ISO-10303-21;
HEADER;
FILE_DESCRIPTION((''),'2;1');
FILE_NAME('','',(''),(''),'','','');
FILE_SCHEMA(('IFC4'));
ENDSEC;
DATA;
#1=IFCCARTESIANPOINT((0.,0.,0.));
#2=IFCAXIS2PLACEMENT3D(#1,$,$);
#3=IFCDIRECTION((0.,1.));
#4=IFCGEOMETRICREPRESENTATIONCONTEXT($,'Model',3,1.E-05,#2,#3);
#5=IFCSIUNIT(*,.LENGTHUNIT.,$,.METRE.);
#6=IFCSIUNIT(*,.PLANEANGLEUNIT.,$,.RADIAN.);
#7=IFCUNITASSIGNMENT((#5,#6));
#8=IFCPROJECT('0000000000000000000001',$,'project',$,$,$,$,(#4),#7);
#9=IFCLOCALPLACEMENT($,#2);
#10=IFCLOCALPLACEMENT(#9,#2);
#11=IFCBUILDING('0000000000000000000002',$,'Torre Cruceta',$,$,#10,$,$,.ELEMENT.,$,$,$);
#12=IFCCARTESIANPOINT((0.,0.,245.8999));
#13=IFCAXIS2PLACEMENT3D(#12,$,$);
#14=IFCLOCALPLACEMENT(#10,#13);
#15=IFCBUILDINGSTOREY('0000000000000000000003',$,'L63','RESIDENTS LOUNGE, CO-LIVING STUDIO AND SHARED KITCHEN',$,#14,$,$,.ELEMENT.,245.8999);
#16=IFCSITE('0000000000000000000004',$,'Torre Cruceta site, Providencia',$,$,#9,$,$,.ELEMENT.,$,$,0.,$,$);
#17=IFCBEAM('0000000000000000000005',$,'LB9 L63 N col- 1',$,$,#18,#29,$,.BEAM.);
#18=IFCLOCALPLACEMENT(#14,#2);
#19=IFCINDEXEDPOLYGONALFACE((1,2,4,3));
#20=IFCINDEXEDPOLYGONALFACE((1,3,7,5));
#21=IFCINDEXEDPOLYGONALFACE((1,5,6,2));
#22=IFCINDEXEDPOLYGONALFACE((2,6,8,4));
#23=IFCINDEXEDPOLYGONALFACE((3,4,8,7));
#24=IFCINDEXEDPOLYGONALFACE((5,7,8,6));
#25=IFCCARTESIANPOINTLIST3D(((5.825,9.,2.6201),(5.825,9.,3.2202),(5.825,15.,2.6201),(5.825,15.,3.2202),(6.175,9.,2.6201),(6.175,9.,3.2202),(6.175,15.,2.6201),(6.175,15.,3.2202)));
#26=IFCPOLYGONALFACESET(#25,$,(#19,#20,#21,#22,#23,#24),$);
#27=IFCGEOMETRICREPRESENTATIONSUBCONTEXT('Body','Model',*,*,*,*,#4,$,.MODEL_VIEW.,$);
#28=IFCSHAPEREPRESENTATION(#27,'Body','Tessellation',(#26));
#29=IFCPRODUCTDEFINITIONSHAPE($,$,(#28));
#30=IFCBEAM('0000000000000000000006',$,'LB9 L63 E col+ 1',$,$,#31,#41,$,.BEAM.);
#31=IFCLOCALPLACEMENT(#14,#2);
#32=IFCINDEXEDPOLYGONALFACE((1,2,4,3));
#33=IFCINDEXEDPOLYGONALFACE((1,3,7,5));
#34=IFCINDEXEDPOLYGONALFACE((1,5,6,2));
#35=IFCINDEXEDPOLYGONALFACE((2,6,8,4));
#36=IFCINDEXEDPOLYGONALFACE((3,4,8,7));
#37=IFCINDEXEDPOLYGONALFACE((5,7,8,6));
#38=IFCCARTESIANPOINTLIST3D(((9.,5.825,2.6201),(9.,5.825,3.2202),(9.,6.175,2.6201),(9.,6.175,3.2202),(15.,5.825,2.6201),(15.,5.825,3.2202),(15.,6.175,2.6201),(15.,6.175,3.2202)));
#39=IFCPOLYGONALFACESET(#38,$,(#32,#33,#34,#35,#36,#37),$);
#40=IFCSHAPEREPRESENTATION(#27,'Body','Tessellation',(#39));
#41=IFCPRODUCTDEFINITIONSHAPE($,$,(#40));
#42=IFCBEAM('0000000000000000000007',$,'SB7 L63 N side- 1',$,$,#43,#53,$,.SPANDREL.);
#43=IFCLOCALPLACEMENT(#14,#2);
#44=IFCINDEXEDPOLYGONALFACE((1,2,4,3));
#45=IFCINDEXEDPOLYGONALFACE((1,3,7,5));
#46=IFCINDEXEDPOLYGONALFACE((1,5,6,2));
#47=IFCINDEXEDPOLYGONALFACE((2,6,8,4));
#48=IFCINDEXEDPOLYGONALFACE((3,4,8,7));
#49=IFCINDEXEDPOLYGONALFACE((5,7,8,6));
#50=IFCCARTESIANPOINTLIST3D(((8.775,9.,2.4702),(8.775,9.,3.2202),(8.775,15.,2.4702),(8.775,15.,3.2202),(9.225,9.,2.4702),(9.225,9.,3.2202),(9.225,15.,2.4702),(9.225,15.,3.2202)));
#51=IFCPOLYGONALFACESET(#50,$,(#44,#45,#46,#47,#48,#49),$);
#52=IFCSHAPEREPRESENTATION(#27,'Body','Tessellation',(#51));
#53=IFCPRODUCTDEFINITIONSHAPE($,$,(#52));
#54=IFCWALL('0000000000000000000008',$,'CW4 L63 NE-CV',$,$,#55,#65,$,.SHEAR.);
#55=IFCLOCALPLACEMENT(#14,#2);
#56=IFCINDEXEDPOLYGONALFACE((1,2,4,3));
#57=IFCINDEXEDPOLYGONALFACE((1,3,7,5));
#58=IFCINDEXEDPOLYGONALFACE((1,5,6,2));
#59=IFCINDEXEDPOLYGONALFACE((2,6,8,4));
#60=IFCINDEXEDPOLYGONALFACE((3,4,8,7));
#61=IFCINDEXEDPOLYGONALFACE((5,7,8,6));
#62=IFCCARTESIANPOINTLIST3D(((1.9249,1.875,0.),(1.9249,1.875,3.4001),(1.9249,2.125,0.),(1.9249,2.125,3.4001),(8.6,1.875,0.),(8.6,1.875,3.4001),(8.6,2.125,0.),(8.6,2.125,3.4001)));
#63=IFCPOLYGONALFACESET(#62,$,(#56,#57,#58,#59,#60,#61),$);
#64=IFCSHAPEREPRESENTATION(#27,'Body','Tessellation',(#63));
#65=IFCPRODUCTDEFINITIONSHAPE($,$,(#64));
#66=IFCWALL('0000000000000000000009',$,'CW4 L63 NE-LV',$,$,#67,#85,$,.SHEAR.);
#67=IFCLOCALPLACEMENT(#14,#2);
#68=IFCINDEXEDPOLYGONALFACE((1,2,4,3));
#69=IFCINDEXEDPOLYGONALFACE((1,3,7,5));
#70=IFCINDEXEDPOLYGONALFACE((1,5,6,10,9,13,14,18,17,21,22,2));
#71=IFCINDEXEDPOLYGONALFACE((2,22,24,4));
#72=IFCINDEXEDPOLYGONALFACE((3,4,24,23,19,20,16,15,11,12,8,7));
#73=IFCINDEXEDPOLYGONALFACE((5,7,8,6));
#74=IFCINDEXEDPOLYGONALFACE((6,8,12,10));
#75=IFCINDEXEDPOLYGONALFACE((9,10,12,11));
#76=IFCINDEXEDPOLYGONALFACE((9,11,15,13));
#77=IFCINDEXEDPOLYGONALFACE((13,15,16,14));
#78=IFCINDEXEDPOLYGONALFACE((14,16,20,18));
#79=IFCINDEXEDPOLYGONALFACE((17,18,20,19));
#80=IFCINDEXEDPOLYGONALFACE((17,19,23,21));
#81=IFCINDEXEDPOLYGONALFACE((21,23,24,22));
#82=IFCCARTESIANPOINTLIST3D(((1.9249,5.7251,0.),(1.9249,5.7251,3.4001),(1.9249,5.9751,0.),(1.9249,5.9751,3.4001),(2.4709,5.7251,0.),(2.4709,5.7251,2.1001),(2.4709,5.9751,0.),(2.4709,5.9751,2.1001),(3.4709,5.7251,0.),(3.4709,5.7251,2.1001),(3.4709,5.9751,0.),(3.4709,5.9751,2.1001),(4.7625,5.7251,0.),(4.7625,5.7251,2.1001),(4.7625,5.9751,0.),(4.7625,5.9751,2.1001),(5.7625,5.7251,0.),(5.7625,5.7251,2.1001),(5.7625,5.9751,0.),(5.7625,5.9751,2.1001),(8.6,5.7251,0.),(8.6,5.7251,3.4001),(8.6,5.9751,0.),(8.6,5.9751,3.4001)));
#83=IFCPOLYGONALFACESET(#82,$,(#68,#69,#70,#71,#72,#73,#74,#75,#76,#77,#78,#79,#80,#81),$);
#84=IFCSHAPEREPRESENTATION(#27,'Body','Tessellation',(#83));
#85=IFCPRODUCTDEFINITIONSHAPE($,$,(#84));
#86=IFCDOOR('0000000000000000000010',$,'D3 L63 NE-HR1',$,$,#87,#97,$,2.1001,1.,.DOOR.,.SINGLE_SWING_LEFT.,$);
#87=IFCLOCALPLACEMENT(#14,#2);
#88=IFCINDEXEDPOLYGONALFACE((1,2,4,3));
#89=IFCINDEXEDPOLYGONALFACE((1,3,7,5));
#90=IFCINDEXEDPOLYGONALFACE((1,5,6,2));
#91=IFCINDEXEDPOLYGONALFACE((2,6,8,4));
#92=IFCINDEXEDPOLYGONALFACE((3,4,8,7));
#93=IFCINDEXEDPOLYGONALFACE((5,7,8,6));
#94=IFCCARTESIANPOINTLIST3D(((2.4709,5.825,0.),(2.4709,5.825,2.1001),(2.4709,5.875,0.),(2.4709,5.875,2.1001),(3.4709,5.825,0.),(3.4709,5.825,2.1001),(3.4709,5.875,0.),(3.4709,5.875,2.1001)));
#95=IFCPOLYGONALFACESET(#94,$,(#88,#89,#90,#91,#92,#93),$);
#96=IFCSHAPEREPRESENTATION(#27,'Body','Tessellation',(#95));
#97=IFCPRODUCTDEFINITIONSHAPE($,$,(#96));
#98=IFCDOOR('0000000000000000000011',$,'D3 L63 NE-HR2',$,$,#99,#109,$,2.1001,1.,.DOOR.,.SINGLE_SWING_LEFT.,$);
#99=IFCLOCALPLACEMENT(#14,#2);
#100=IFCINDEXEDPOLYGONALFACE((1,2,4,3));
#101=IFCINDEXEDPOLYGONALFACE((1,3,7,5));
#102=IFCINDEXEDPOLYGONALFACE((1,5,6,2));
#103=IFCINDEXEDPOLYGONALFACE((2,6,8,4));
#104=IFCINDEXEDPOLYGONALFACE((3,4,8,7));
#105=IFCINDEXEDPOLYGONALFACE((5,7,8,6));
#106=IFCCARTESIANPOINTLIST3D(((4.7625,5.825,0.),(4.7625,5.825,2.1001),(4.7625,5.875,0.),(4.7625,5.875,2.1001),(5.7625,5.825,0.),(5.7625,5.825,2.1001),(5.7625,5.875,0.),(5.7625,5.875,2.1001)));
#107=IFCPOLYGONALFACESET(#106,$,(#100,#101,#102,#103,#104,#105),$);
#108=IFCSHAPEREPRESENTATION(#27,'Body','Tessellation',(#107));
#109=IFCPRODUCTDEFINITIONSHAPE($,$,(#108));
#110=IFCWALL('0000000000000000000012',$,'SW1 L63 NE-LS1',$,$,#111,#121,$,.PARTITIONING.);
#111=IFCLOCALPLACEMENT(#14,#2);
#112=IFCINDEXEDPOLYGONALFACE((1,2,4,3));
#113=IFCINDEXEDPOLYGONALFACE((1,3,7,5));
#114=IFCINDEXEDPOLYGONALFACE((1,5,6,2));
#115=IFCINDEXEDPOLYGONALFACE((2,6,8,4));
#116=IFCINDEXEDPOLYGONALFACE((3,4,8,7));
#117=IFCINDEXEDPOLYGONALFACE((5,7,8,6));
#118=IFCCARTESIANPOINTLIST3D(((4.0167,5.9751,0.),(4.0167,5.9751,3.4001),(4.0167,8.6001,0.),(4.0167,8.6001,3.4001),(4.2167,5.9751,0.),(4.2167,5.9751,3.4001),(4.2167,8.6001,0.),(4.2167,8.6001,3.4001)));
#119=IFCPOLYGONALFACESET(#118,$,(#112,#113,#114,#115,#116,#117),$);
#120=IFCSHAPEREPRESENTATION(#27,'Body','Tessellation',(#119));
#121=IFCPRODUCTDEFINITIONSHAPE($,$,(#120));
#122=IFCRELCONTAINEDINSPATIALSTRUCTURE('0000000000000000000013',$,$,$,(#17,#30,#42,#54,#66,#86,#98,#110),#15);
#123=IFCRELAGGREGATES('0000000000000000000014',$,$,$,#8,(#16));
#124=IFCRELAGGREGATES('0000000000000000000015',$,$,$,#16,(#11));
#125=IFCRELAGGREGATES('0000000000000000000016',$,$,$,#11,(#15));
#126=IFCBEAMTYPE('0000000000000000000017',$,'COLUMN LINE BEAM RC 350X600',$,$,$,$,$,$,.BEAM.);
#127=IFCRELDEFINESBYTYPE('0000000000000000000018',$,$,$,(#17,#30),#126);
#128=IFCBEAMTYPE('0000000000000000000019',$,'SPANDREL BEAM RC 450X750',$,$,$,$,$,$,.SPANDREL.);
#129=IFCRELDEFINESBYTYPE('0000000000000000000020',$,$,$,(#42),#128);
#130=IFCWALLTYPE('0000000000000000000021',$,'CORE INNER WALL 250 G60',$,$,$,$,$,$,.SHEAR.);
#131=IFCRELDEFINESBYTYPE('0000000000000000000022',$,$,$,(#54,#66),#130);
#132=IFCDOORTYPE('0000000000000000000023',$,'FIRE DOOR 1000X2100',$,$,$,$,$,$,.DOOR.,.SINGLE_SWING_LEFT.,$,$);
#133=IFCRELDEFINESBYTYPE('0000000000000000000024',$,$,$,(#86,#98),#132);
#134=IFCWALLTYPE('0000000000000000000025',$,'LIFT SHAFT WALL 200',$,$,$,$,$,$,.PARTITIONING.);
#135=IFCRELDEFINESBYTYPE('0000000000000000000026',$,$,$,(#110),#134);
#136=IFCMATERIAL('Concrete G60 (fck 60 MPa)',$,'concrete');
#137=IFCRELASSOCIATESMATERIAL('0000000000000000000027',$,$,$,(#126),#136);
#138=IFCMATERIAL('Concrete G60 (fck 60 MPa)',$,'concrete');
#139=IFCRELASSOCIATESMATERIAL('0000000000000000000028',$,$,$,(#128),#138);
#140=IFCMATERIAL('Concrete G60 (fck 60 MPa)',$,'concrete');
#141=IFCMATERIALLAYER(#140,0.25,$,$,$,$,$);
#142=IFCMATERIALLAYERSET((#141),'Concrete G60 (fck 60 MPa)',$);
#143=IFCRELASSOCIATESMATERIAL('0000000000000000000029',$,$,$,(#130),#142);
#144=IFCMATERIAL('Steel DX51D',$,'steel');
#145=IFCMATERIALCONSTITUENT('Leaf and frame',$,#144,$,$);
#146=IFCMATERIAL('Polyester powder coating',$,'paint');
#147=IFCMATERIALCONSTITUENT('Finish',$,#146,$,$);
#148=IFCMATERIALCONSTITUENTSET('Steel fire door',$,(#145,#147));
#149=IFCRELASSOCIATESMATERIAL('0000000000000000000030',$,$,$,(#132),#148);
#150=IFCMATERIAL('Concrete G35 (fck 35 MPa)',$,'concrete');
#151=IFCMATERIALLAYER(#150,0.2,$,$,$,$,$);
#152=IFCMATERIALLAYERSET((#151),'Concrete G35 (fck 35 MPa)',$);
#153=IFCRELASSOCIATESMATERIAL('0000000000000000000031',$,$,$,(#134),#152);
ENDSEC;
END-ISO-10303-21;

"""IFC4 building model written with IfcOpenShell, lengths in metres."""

from ifc_helpers import new_model, si_unit, direction, frame, frame_2d, origin, origin_2d, place, context, subcontext, project, spatial, rectangle, extrude, material, layer, layer_set, constituent, constituent_set, material_profile, profile_set, type_object, element, fill, save


model = new_model("IFC4")

# Units and contexts
model_context = context("Model", 3, precision=1e-05, world=origin(), true_north=direction((0.0, 1.0)))
body_context = subcontext(model_context, "Body", "Model", "MODEL_VIEW")
ifc_project = project(units=[si_unit("LENGTHUNIT", "METRE"), si_unit("PLANEANGLEUNIT", "RADIAN")], contexts=[model_context])

# Site, building, storey
site_placement = place(None, origin())
site = spatial("IfcSite", under=ifc_project, at=site_placement, Name="Torre Cruceta site, Providencia", CompositionType="ELEMENT", RefElevation=0.0)
building_placement = place(site_placement, origin())
building = spatial("IfcBuilding", under=site, at=building_placement, Name="Torre Cruceta", CompositionType="ELEMENT")
storey_placement = place(building_placement, frame((0.0, 0.0, 245.8999)))
storey = spatial("IfcBuildingStorey", under=building, at=storey_placement, Name="L63", Description="RESIDENTS LOUNGE, CO-LIVING STUDIO AND SHARED KITCHEN", CompositionType="ELEMENT", Elevation=245.8999)

# Beams
ifc_material_1 = material(Name="Concrete G60 (fck 60 MPa)", Category="concrete")
ifc_material_profile_1 = material_profile(ifc_material_1, rectangle(XDim=0.3501, YDim=0.6001, at=origin_2d()), Name="RC 350X600")
ifc_profile_set_1 = profile_set([ifc_material_profile_1], Name="Concrete G60 (fck 60 MPa)")
beam_type_1 = type_object("IfcBeamType", Name="COLUMN LINE BEAM RC 350X600", PredefinedType="BEAM", material=ifc_profile_set_1)
for number, where, z_axis, x_axis, name in (
    (1, (6.0, 9.0, 2.9202), (0.0, 1.0, 0.0), (-1.0, 0.0, 0.0), "LB9 L63 N col- 1"),
    (2, (9.0, 6.0, 2.9202), (1.0, 0.0, 0.0), (0.0, 1.0, 0.0), "LB9 L63 E col+ 1"),
):
    element("IfcBeam", number, at=place(storey_placement, frame(where, z_axis=z_axis, x_axis=x_axis)), inside=storey, type_object=beam_type_1, Name=name, PredefinedType="BEAM", context=body_context, shape_type="SweptSolid", body=[
        extrude(rectangle(XDim=0.3501, YDim=0.6001, at=origin_2d()), origin(), (0.0, 0.0, 1.0), 6.0),
    ])
ifc_material_2 = material(Name="Concrete G60 (fck 60 MPa)", Category="concrete")
ifc_material_profile_2 = material_profile(ifc_material_2, rectangle(XDim=0.45, YDim=0.75, at=origin_2d()), Name="RC 450X750")
ifc_profile_set_2 = profile_set([ifc_material_profile_2], Name="Concrete G60 (fck 60 MPa)")
beam_type_2 = type_object("IfcBeamType", Name="SPANDREL BEAM RC 450X750", PredefinedType="SPANDREL", material=ifc_profile_set_2)
beam_placement = place(storey_placement, frame((9.0, 9.0, 2.8452), z_axis=(0.0, 1.0, 0.0), x_axis=(-1.0, 0.0, 0.0)))
element("IfcBeam", 3, at=beam_placement, inside=storey, type_object=beam_type_2, Name="SB7 L63 N side- 1", PredefinedType="SPANDREL", context=body_context, shape_type="SweptSolid", body=[
    extrude(rectangle(XDim=0.45, YDim=0.75, at=origin_2d()), origin(), (0.0, 0.0, 1.0), 6.0),
])

# Wall
ifc_material_3 = material(Name="Concrete G60 (fck 60 MPa)", Category="concrete")
ifc_layer_1 = layer(ifc_material_3, 0.25)
ifc_layer_set_1 = layer_set([ifc_layer_1], Name="Concrete G60 (fck 60 MPa)")
wall_type_1 = type_object("IfcWallType", Name="CORE INNER WALL 250 G60", PredefinedType="SHEAR", material=ifc_layer_set_1)
wall_1_placement = place(storey_placement, frame((1.925, 2.0, 0.0), z_axis=(0.0, 0.0, 1.0), x_axis=(1.0, 0.0, 0.0)))
element("IfcWall", 4, at=wall_1_placement, inside=storey, type_object=wall_type_1, Name="CW4 L63 NE-CV", PredefinedType="SHEAR", context=body_context, shape_type="SweptSolid", body=[
    extrude(rectangle(XDim=6.675, YDim=0.25, at=frame_2d((3.3374, 0.0))), origin(), (0.0, 0.0, 1.0), 3.4001),
])

# Wall, openings, doors
wall_2_placement = place(storey_placement, frame((1.925, 5.8501, 0.0), z_axis=(0.0, 0.0, 1.0), x_axis=(1.0, 0.0, 0.0)))
wall_2 = element("IfcWall", 5, at=wall_2_placement, inside=storey, type_object=wall_type_1, Name="CW4 L63 NE-LV", PredefinedType="SHEAR", context=body_context, shape_type="SweptSolid", body=[
    extrude(rectangle(XDim=6.675, YDim=0.25, at=frame_2d((3.3374, 0.0))), origin(), (0.0, 0.0, 1.0), 3.4001),
])
opening_1_placement = place(wall_2_placement, frame((0.5459, 0.0, 0.0)))
opening_1 = element("IfcOpeningElement", 6, at=opening_1_placement, cuts=wall_2, PredefinedType="OPENING", context=body_context, shape_type="SweptSolid", body=[
    extrude(rectangle(XDim=1.0, YDim=2.1001, at=frame_2d((0.5, 1.05))), frame((0.0, 0.135, 0.0), z_axis=(0.0, -1.0, 0.0), x_axis=(1.0, 0.0, 0.0)), (0.0, 0.0, 1.0), 0.27),
])
opening_2_placement = place(wall_2_placement, frame((2.8374, 0.0, 0.0)))
opening_2 = element("IfcOpeningElement", 7, at=opening_2_placement, cuts=wall_2, PredefinedType="OPENING", context=body_context, shape_type="SweptSolid", body=[
    extrude(rectangle(XDim=1.0, YDim=2.1001, at=frame_2d((0.5, 1.05))), frame((0.0, 0.135, 0.0), z_axis=(0.0, -1.0, 0.0), x_axis=(1.0, 0.0, 0.0)), (0.0, 0.0, 1.0), 0.27),
])
ifc_material_4 = material(Name="Steel DX51D", Category="steel")
ifc_constituent_1 = constituent(ifc_material_4, Name="Leaf and frame")
ifc_material_5 = material(Name="Polyester powder coating", Category="paint")
ifc_constituent_2 = constituent(ifc_material_5, Name="Finish")
ifc_constituent_set_1 = constituent_set(constituents=[ifc_constituent_1, ifc_constituent_2], Name="Steel fire door")
door_type_1 = type_object("IfcDoorType", Name="FIRE DOOR 1000X2100", OperationType="SINGLE_SWING_LEFT", PredefinedType="DOOR", material=ifc_constituent_set_1)
door_1_placement = place(opening_1_placement, origin())
door_1 = element("IfcDoor", 8, at=door_1_placement, inside=storey, type_object=door_type_1, Name="D3 L63 NE-HR1", OperationType="SINGLE_SWING_LEFT", OverallHeight=2.1001, OverallWidth=1.0, PredefinedType="DOOR", context=body_context, shape_type="SweptSolid", body=[
    extrude(rectangle(XDim=1.0, YDim=2.1001, at=frame_2d((0.5, 1.05))), frame((0.0, 0.0249, 0.0), z_axis=(0.0, -1.0, 0.0), x_axis=(1.0, 0.0, 0.0)), (0.0, 0.0, 1.0), 0.05),
])
fill(opening_1, door_1)
door_2_placement = place(opening_2_placement, origin())
door_2 = element("IfcDoor", 9, at=door_2_placement, inside=storey, type_object=door_type_1, Name="D3 L63 NE-HR2", OperationType="SINGLE_SWING_LEFT", OverallHeight=2.1001, OverallWidth=1.0, PredefinedType="DOOR", context=body_context, shape_type="SweptSolid", body=[
    extrude(rectangle(XDim=1.0, YDim=2.1001, at=frame_2d((0.5, 1.05))), frame((0.0, 0.0249, 0.0), z_axis=(0.0, -1.0, 0.0), x_axis=(1.0, 0.0, 0.0)), (0.0, 0.0, 1.0), 0.05),
])
fill(opening_2, door_2)

# Wall
ifc_material_6 = material(Name="Concrete G35 (fck 35 MPa)", Category="concrete")
ifc_layer_2 = layer(ifc_material_6, 0.2)
ifc_layer_set_2 = layer_set([ifc_layer_2], Name="Concrete G35 (fck 35 MPa)")
wall_type_2 = type_object("IfcWallType", Name="LIFT SHAFT WALL 200", PredefinedType="PARTITIONING", material=ifc_layer_set_2)
wall_3_placement = place(storey_placement, frame((4.1167, 5.9751, 0.0), z_axis=(0.0, 0.0, 1.0), x_axis=(0.0, 1.0, 0.0)))
element("IfcWall", 10, at=wall_3_placement, inside=storey, type_object=wall_type_2, Name="SW1 L63 NE-LS1", PredefinedType="PARTITIONING", context=body_context, shape_type="SweptSolid", body=[
    extrude(rectangle(XDim=2.625, YDim=0.2, at=frame_2d((1.3125, 0.0))), origin(), (0.0, 0.0, 1.0), 3.4001),
])

save(model, "model.ifc")
